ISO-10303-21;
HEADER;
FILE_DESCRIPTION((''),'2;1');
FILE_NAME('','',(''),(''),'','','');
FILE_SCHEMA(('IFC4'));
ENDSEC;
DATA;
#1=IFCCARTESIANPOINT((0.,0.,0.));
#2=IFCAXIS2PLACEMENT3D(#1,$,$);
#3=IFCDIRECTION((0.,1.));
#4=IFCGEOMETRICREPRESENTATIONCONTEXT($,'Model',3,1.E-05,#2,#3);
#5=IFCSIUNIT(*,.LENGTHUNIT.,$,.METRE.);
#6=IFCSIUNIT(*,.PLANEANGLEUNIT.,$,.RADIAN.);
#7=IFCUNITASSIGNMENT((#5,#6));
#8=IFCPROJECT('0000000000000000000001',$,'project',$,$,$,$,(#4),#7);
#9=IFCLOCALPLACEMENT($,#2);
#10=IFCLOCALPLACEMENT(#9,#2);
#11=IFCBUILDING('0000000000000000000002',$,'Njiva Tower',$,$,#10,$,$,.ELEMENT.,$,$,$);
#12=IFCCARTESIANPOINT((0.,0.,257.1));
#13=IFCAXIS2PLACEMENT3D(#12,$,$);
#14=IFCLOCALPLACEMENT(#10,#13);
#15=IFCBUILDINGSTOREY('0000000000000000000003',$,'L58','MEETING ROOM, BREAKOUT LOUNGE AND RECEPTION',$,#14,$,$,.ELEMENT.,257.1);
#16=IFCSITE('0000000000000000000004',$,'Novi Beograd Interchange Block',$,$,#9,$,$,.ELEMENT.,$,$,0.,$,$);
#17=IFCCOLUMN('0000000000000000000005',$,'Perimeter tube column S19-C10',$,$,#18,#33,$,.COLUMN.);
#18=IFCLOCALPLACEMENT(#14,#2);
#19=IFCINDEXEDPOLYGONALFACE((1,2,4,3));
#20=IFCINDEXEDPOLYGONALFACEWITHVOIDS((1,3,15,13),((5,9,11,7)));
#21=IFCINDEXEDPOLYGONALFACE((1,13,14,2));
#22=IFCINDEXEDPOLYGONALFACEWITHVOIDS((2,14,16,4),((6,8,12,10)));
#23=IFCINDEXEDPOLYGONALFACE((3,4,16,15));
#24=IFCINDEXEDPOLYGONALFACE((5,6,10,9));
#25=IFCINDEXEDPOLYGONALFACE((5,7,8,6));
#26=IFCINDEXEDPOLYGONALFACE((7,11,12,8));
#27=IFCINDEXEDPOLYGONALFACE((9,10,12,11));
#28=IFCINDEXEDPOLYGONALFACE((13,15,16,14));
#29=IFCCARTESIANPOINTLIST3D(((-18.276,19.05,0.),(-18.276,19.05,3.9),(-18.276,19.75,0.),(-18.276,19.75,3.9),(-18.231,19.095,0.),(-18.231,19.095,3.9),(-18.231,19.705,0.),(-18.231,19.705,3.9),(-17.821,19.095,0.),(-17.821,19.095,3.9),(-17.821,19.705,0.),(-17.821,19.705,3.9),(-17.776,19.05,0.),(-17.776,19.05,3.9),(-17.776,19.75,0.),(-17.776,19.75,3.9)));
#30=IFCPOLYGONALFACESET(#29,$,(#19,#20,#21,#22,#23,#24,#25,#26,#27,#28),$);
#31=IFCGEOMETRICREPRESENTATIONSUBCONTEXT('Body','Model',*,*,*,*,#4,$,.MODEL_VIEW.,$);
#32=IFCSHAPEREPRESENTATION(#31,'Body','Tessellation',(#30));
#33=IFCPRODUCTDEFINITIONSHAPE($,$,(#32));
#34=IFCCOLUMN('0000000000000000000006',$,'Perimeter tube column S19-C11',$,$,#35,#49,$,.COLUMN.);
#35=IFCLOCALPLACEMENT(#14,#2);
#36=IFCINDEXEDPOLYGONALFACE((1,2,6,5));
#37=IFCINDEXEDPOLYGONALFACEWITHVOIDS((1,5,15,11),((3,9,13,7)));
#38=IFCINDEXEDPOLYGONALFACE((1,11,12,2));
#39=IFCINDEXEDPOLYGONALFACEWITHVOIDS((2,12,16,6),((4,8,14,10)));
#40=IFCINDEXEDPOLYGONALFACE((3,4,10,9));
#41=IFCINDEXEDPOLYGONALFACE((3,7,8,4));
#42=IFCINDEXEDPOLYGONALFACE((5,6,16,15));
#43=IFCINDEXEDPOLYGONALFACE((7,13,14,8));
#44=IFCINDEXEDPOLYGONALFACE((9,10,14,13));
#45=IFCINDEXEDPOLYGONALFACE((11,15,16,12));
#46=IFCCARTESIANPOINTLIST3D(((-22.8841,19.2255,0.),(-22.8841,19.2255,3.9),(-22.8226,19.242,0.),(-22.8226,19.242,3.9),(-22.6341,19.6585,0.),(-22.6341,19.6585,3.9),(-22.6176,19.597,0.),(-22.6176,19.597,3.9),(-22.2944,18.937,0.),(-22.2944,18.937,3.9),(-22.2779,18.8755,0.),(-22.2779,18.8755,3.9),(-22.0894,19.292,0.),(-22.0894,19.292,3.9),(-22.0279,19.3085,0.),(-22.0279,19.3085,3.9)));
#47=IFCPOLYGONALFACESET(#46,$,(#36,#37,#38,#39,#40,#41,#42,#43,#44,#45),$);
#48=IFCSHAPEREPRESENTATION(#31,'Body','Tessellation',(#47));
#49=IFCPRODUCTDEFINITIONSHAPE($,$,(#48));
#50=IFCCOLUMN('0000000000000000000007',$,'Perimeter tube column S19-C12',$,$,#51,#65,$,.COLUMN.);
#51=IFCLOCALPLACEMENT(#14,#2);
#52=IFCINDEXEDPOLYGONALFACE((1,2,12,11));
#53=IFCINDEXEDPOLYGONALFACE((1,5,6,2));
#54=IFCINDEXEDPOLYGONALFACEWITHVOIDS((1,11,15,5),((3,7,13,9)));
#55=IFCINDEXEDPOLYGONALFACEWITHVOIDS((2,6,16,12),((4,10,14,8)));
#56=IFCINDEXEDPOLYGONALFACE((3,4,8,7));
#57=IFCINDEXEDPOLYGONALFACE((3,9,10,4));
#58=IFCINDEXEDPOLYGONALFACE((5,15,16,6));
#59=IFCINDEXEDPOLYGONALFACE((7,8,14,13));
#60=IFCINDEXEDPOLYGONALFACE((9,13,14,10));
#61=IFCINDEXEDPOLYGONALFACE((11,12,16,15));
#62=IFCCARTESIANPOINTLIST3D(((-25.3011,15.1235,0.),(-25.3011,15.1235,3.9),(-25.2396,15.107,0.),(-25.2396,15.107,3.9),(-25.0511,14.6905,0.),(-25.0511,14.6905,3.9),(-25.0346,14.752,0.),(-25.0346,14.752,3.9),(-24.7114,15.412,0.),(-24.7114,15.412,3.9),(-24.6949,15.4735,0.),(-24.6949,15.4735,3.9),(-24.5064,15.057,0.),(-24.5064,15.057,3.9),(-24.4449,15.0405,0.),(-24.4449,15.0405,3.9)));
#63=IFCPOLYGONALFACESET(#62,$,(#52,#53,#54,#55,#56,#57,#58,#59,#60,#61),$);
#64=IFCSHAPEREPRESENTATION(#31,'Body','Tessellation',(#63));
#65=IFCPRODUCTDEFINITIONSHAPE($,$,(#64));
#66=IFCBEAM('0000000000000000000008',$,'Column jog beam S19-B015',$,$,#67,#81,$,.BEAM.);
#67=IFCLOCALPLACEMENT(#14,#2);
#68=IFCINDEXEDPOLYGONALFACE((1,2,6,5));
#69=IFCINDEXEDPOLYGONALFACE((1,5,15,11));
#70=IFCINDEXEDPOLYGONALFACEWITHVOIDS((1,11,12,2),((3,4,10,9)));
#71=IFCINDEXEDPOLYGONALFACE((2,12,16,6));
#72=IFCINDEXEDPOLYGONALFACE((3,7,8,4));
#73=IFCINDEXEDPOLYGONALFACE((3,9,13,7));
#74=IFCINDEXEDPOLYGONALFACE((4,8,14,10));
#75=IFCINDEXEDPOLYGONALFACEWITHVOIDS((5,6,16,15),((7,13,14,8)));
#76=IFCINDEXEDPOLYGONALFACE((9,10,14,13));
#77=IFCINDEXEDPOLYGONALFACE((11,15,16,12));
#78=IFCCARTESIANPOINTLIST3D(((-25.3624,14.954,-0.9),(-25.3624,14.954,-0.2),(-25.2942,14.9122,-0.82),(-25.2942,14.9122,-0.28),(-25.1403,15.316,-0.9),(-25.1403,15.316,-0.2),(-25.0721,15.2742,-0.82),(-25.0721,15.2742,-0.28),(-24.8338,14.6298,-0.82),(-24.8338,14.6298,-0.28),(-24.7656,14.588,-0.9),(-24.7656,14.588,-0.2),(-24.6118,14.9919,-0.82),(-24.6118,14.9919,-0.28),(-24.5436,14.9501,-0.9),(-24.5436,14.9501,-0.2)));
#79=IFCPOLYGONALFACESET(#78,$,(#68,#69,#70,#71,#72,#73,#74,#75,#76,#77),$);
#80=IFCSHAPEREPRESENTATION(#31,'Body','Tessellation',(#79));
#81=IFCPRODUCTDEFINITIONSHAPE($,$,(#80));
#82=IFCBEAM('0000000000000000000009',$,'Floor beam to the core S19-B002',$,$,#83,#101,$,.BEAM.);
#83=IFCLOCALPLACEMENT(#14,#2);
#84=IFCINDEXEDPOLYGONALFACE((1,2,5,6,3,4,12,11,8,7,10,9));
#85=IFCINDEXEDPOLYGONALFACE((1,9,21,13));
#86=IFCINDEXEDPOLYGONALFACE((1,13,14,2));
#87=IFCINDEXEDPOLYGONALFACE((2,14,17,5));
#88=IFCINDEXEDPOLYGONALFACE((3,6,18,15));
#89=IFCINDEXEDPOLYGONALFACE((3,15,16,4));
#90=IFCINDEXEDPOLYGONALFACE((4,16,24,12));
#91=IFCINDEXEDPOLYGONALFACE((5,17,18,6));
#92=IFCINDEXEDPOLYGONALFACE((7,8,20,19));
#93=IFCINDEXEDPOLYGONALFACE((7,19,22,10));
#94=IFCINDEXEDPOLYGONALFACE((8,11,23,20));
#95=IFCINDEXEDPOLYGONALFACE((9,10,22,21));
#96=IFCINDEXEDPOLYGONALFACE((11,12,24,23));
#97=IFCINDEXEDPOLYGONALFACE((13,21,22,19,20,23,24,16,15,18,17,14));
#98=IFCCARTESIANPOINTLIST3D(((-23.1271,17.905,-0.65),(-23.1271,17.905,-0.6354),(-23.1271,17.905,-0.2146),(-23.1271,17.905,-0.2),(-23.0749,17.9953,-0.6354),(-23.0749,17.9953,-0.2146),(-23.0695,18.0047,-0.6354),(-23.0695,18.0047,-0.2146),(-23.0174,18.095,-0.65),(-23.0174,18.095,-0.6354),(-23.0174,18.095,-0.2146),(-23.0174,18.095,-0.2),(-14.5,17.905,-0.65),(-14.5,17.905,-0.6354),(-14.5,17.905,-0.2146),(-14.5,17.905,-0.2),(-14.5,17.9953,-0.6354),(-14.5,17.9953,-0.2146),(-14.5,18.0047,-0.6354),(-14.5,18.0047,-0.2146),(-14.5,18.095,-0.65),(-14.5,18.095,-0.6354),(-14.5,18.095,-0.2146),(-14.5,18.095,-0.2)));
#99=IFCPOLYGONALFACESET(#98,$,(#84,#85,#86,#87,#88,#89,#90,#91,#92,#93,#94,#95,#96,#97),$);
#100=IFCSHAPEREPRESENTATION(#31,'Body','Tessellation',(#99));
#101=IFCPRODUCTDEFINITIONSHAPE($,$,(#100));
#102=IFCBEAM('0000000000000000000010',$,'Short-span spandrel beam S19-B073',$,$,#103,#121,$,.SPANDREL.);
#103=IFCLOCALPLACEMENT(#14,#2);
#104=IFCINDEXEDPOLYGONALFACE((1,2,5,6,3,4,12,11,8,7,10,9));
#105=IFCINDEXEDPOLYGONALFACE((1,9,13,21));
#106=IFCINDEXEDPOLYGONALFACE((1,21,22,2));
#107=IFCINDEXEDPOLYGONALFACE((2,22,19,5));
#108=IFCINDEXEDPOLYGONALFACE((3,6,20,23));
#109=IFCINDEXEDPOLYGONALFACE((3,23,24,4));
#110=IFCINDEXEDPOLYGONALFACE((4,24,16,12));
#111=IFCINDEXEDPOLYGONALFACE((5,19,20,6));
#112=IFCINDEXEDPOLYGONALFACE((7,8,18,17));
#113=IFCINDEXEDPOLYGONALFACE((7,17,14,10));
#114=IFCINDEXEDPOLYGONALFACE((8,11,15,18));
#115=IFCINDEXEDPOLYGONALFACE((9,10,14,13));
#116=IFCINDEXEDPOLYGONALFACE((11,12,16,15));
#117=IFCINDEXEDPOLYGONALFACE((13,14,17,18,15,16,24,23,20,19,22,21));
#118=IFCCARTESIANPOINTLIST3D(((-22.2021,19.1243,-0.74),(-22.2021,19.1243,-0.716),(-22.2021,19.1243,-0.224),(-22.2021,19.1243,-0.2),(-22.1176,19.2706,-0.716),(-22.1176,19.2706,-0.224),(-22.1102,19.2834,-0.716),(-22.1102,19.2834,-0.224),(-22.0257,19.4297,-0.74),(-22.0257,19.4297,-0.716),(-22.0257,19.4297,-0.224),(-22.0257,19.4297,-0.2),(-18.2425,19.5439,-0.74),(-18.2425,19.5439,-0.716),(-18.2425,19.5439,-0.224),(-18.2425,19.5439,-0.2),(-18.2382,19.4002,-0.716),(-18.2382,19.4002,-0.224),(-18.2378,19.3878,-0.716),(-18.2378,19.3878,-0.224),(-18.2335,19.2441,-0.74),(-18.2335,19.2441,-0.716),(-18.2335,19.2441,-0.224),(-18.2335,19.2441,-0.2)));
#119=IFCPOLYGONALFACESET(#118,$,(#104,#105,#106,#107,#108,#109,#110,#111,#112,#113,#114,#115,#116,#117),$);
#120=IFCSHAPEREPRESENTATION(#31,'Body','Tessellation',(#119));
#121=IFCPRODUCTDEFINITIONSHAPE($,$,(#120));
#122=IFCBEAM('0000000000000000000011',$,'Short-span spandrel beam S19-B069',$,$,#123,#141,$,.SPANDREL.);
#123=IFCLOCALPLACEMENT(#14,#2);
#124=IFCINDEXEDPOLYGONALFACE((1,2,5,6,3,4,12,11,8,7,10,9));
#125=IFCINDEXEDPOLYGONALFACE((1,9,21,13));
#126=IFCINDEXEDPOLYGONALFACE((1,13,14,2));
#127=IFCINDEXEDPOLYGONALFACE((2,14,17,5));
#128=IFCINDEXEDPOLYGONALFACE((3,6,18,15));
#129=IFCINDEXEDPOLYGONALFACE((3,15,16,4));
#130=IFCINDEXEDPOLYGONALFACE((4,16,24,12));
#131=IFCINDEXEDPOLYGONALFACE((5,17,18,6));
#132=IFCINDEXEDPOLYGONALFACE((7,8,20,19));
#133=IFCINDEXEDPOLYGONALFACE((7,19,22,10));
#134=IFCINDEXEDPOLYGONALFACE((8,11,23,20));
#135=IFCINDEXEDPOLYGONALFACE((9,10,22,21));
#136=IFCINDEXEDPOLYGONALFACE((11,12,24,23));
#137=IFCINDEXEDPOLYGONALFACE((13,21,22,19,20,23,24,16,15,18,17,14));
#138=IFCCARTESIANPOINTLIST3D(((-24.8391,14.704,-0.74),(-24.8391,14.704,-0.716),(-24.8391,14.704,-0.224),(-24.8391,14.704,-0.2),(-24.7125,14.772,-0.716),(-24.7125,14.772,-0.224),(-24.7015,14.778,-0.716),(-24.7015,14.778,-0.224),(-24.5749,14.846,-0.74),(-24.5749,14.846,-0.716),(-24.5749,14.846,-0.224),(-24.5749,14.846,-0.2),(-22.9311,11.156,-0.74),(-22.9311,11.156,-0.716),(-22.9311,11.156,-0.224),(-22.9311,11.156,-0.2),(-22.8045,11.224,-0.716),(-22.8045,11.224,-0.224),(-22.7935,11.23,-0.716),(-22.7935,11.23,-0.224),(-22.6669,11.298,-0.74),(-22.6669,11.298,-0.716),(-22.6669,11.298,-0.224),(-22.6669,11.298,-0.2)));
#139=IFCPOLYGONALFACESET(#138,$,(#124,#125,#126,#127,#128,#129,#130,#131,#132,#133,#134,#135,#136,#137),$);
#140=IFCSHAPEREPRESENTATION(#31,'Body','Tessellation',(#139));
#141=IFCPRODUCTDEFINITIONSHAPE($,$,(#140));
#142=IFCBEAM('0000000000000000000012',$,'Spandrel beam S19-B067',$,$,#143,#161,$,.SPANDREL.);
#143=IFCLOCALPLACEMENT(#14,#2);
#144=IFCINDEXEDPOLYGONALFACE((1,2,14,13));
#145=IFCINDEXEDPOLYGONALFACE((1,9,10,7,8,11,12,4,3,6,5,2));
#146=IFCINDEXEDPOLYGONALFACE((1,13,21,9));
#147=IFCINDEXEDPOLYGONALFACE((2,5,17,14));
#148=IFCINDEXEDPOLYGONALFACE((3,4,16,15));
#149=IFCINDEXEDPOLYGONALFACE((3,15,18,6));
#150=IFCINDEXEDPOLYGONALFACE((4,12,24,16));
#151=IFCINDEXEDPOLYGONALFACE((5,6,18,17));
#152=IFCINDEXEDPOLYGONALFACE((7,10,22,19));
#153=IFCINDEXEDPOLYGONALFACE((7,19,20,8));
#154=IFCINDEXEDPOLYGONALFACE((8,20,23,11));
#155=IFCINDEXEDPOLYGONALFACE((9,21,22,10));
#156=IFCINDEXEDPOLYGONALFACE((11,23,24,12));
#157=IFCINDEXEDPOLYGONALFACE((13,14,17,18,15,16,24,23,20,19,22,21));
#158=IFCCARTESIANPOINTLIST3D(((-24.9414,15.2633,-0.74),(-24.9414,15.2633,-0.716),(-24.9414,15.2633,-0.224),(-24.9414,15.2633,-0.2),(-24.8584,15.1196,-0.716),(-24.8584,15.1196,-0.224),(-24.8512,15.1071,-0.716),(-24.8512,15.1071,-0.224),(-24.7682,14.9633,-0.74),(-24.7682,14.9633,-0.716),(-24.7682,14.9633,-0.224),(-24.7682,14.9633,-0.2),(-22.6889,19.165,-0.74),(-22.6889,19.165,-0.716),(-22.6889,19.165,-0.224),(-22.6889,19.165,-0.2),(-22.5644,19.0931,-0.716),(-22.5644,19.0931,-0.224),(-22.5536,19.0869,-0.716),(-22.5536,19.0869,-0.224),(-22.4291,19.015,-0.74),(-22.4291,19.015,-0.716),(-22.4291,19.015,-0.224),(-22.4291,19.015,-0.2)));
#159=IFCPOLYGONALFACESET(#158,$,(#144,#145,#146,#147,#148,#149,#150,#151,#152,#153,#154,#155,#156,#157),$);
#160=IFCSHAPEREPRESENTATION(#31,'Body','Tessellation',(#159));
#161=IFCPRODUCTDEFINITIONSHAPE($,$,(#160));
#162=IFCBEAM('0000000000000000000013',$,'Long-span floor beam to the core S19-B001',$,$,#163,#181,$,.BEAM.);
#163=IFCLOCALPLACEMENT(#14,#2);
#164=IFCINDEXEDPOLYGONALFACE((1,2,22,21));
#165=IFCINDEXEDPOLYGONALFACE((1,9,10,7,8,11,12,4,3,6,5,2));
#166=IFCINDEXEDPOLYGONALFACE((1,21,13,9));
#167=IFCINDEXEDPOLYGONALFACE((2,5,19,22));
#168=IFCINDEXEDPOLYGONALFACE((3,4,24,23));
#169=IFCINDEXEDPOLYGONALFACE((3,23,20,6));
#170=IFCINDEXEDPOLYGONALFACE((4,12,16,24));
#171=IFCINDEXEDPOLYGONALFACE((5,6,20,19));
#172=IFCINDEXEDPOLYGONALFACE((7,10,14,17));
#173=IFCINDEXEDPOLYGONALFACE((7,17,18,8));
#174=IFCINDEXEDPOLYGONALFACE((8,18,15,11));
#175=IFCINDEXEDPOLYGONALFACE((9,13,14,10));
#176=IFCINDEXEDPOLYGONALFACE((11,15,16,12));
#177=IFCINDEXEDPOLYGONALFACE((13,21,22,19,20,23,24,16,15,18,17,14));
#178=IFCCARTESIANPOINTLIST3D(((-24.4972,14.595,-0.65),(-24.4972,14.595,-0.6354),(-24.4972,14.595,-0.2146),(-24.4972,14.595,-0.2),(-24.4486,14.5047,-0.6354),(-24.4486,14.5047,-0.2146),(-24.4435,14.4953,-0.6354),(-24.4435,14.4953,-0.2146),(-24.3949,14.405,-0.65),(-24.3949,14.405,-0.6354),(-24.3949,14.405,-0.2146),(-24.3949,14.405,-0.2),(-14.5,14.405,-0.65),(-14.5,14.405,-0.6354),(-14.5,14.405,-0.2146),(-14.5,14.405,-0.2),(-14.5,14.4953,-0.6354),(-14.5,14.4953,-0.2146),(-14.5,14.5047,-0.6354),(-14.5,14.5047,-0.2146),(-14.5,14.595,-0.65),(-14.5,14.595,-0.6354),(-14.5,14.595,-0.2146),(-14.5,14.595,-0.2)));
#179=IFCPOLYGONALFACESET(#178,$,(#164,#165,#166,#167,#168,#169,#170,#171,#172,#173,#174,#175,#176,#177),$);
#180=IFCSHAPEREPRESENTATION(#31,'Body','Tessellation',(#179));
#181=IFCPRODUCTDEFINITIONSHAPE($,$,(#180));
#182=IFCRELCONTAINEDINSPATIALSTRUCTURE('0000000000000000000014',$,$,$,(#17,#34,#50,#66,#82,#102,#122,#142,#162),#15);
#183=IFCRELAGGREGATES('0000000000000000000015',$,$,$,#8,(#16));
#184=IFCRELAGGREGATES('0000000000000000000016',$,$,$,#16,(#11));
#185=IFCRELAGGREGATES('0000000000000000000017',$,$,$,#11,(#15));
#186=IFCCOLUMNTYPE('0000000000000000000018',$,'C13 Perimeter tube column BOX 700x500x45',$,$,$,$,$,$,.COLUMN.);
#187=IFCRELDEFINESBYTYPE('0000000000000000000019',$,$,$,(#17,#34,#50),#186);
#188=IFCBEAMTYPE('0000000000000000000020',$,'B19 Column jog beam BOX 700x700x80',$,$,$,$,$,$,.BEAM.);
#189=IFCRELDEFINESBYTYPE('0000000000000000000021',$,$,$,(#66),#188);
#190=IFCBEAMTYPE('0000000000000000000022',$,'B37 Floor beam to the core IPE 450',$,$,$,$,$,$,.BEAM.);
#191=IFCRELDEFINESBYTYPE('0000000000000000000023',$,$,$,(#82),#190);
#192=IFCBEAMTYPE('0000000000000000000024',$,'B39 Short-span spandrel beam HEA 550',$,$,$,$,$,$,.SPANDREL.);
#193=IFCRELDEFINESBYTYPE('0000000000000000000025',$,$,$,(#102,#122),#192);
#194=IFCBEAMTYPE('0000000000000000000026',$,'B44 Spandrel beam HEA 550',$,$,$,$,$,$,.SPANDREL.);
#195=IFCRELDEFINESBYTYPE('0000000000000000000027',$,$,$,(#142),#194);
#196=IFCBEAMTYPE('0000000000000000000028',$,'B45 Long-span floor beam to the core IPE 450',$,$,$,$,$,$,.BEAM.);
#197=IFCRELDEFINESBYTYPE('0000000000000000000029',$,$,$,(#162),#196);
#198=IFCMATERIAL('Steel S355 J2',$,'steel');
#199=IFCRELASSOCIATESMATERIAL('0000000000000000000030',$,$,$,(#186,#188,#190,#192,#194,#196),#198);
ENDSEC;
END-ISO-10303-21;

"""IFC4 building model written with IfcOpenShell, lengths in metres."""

from ifc_helpers import new_model, si_unit, direction, frame, origin, origin_2d, place, context, subcontext, project, spatial, hollow_rectangle, i_section, extrude, clip, halfspace, material, material_profile, profile_set, type_object, element, save


model = new_model("IFC4")

# Units and contexts
model_context = context("Model", 3, precision=1e-05, world=origin(), true_north=direction((0.0, 1.0)))
body_context = subcontext(model_context, "Body", "Model", "MODEL_VIEW")
ifc_project = project(units=[si_unit("LENGTHUNIT", "METRE"), si_unit("PLANEANGLEUNIT", "RADIAN")], contexts=[model_context])

# Site, building, storey
site_placement = place(None, origin())
site = spatial("IfcSite", under=ifc_project, at=site_placement, Name="Novi Beograd Interchange Block", CompositionType="ELEMENT", RefElevation=0.0)
building_placement = place(site_placement, origin())
building = spatial("IfcBuilding", under=site, at=building_placement, Name="Njiva Tower", CompositionType="ELEMENT")
storey_placement = place(building_placement, frame((0.0, 0.0, 257.1)))
storey = spatial("IfcBuildingStorey", under=building, at=storey_placement, Name="L58", Description="MEETING ROOM, BREAKOUT LOUNGE AND RECEPTION", CompositionType="ELEMENT", Elevation=257.1)

# Columns
ifc_material_1 = material(Name="Steel S355 J2", Category="steel")
ifc_material_profile_1 = material_profile(ifc_material_1, hollow_rectangle(XDim=0.5, YDim=0.7, WallThickness=0.045, at=origin_2d()), Name="BOX 700x500x45")
ifc_profile_set_1 = profile_set([ifc_material_profile_1], Name="Steel S355 J2")
column_type = type_object("IfcColumnType", Name="C13 Perimeter tube column BOX 700x500x45", PredefinedType="COLUMN", material=ifc_profile_set_1)
for number, where, z_axis, x_axis, name in (
    (1, (-18.026, 19.4, 0.0), (0.0, 0.0, 1.0), (-1.0, 0.0, 0.0), "Perimeter tube column S19-C10"),
    (2, (-22.456, 19.267, 0.0), (0.0, 0.0, 1.0), (-0.5, -0.866025, 0.0), "Perimeter tube column S19-C11"),
    (3, (-24.873, 15.082, 0.0), (0.0, 0.0, 1.0), (0.5, -0.866025, 0.0), "Perimeter tube column S19-C12"),
):
    element("IfcColumn", number, at=place(storey_placement, frame(where, z_axis=z_axis, x_axis=x_axis)), inside=storey, type_object=column_type, Name=name, PredefinedType="COLUMN", context=body_context, shape_type="SweptSolid", body=[
        extrude(hollow_rectangle(XDim=0.5, YDim=0.7, WallThickness=0.045, at=origin_2d()), origin(), (0.0, 0.0, 1.0), 3.9),
    ])

# Beams
ifc_material_profile_2 = material_profile(ifc_material_1, hollow_rectangle(XDim=0.7, YDim=0.7, WallThickness=0.08, at=origin_2d()), Name="BOX 700x700x80")
ifc_profile_set_2 = profile_set([ifc_material_profile_2], Name="Steel S355 J2")
beam_type_1 = type_object("IfcBeamType", Name="B19 Column jog beam BOX 700x700x80", PredefinedType="BEAM", material=ifc_profile_set_2)
beam_1_placement = place(storey_placement, frame((-25.064, 14.771, -0.55), z_axis=(0.522783, 0.852466, 0.0), x_axis=(-0.852466, 0.522783, 0.0)))
element("IfcBeam", 4, at=beam_1_placement, inside=storey, type_object=beam_type_1, Name="Column jog beam S19-B015", PredefinedType="BEAM", context=body_context, shape_type="SweptSolid", body=[
    extrude(hollow_rectangle(XDim=0.7, YDim=0.7, WallThickness=0.08, at=origin_2d()), origin(), (0.0, 0.0, 1.0), 0.4247),
])
ifc_material_profile_3 = material_profile(ifc_material_1, i_section(OverallWidth=0.19, OverallDepth=0.45, WebThickness=0.0094, FlangeThickness=0.0146, at=origin_2d()), Name="IPE 450")
ifc_profile_set_3 = profile_set([ifc_material_profile_3], Name="Steel S355 J2")
beam_type_2 = type_object("IfcBeamType", Name="B37 Floor beam to the core IPE 450", PredefinedType="BEAM", material=ifc_profile_set_3)
beam_2_placement = place(storey_placement, frame((-23.147, 18.0, -0.425), z_axis=(1.0, 0.0, 0.0), x_axis=(0.0, 1.0, 0.0)))
element("IfcBeam", 5, at=beam_2_placement, inside=storey, type_object=beam_type_2, Name="Floor beam to the core S19-B002", PredefinedType="BEAM", context=body_context, shape_type="Clipping", body=[
    clip(extrude(i_section(OverallWidth=0.19, OverallDepth=0.45, WebThickness=0.0094, FlangeThickness=0.0146, at=origin_2d()), origin(), (0.0, 0.0, 1.0), 8.647), halfspace(frame((0.025, 0.0, 0.0892), z_axis=(0.499998, 0.0, -0.866027), x_axis=(0.0, -1.0, 0.0)), False)),
])
ifc_material_profile_4 = material_profile(ifc_material_1, i_section(OverallWidth=0.3, OverallDepth=0.54, WebThickness=0.0125, FlangeThickness=0.024, at=origin_2d()), Name="HEA 550")
ifc_profile_set_4 = profile_set([ifc_material_profile_4], Name="Steel S355 J2")
beam_type_3 = type_object("IfcBeamType", Name="B39 Short-span spandrel beam HEA 550", PredefinedType="SPANDREL", material=ifc_profile_set_4)
beam_3_placement = place(storey_placement, frame((-18.238, 19.394, -0.47), z_axis=(-0.999545, -0.030172, 0.0), x_axis=(0.030172, -0.999545, 0.0)))
element("IfcBeam", 6, at=beam_3_placement, inside=storey, type_object=beam_type_3, Name="Short-span spandrel beam S19-B073", PredefinedType="SPANDREL", context=body_context, shape_type="Clipping", body=[
    clip(extrude(i_section(OverallWidth=0.3, OverallDepth=0.54, WebThickness=0.0125, FlangeThickness=0.024, at=origin_2d()), origin(), (0.0, 0.0, 1.0), 3.9908), halfspace(frame((-0.0265, 0.0, 3.8613), z_axis=(-0.5259, 0.0, 0.850546), x_axis=(0.0, 1.0, 0.0)), False)),
])
beam_4_placement = place(storey_placement, frame((-24.707, 14.775, -0.47), z_axis=(0.473626, -0.880726, 0.0), x_axis=(0.880726, 0.473626, 0.0)))
element("IfcBeam", 7, at=beam_4_placement, inside=storey, type_object=beam_type_3, Name="Short-span spandrel beam S19-B069", PredefinedType="SPANDREL", context=body_context, shape_type="SweptSolid", body=[
    extrude(i_section(OverallWidth=0.3, OverallDepth=0.54, WebThickness=0.0125, FlangeThickness=0.024, at=origin_2d()), origin(), (0.0, 0.0, 1.0), 4.0285),
])
ifc_material_profile_5 = material_profile(ifc_material_1, i_section(OverallWidth=0.3, OverallDepth=0.54, WebThickness=0.0125, FlangeThickness=0.024, at=origin_2d()), Name="HEA 550")
ifc_profile_set_5 = profile_set([ifc_material_profile_5], Name="Steel S355 J2")
beam_type_4 = type_object("IfcBeamType", Name="B44 Spandrel beam HEA 550", PredefinedType="SPANDREL", material=ifc_profile_set_5)
beam_5_placement = place(storey_placement, frame((-22.559, 19.09, -0.47), z_axis=(-0.49998, -0.866037, 0.0), x_axis=(0.866037, -0.49998, 0.0)))
element("IfcBeam", 8, at=beam_5_placement, inside=storey, type_object=beam_type_4, Name="Spandrel beam S19-B067", PredefinedType="SPANDREL", context=body_context, shape_type="Clipping", body=[
    clip(extrude(i_section(OverallWidth=0.3, OverallDepth=0.54, WebThickness=0.0125, FlangeThickness=0.024, at=origin_2d()), origin(), (0.0, 0.0, 1.0), 4.6992), halfspace(frame((-0.0246, 0.0, 4.5776), z_axis=(-0.500022, 0.0, 0.866013), x_axis=(0.0, 1.0, 0.0)), False)),
])
ifc_material_profile_6 = material_profile(ifc_material_1, i_section(OverallWidth=0.19, OverallDepth=0.45, WebThickness=0.0094, FlangeThickness=0.0146, at=origin_2d()), Name="IPE 450")
ifc_profile_set_6 = profile_set([ifc_material_profile_6], Name="Steel S355 J2")
beam_type_5 = type_object("IfcBeamType", Name="B45 Long-span floor beam to the core IPE 450", PredefinedType="BEAM", material=ifc_profile_set_6)
beam_6_placement = place(storey_placement, frame((-24.517, 14.5, -0.425), z_axis=(1.0, 0.0, 0.0), x_axis=(0.0, 1.0, 0.0)))
element("IfcBeam", 9, at=beam_6_placement, inside=storey, type_object=beam_type_5, Name="Long-span floor beam to the core S19-B001", PredefinedType="BEAM", context=body_context, shape_type="Clipping", body=[
    clip(extrude(i_section(OverallWidth=0.19, OverallDepth=0.45, WebThickness=0.0094, FlangeThickness=0.0146, at=origin_2d()), origin(), (0.0, 0.0, 1.0), 10.017), halfspace(frame((-0.0237, 0.0, 0.0837), z_axis=(-0.473762, 0.0, -0.880653), x_axis=(0.0, -1.0, 0.0)), False)),
])

save(model, "model.ifc")
